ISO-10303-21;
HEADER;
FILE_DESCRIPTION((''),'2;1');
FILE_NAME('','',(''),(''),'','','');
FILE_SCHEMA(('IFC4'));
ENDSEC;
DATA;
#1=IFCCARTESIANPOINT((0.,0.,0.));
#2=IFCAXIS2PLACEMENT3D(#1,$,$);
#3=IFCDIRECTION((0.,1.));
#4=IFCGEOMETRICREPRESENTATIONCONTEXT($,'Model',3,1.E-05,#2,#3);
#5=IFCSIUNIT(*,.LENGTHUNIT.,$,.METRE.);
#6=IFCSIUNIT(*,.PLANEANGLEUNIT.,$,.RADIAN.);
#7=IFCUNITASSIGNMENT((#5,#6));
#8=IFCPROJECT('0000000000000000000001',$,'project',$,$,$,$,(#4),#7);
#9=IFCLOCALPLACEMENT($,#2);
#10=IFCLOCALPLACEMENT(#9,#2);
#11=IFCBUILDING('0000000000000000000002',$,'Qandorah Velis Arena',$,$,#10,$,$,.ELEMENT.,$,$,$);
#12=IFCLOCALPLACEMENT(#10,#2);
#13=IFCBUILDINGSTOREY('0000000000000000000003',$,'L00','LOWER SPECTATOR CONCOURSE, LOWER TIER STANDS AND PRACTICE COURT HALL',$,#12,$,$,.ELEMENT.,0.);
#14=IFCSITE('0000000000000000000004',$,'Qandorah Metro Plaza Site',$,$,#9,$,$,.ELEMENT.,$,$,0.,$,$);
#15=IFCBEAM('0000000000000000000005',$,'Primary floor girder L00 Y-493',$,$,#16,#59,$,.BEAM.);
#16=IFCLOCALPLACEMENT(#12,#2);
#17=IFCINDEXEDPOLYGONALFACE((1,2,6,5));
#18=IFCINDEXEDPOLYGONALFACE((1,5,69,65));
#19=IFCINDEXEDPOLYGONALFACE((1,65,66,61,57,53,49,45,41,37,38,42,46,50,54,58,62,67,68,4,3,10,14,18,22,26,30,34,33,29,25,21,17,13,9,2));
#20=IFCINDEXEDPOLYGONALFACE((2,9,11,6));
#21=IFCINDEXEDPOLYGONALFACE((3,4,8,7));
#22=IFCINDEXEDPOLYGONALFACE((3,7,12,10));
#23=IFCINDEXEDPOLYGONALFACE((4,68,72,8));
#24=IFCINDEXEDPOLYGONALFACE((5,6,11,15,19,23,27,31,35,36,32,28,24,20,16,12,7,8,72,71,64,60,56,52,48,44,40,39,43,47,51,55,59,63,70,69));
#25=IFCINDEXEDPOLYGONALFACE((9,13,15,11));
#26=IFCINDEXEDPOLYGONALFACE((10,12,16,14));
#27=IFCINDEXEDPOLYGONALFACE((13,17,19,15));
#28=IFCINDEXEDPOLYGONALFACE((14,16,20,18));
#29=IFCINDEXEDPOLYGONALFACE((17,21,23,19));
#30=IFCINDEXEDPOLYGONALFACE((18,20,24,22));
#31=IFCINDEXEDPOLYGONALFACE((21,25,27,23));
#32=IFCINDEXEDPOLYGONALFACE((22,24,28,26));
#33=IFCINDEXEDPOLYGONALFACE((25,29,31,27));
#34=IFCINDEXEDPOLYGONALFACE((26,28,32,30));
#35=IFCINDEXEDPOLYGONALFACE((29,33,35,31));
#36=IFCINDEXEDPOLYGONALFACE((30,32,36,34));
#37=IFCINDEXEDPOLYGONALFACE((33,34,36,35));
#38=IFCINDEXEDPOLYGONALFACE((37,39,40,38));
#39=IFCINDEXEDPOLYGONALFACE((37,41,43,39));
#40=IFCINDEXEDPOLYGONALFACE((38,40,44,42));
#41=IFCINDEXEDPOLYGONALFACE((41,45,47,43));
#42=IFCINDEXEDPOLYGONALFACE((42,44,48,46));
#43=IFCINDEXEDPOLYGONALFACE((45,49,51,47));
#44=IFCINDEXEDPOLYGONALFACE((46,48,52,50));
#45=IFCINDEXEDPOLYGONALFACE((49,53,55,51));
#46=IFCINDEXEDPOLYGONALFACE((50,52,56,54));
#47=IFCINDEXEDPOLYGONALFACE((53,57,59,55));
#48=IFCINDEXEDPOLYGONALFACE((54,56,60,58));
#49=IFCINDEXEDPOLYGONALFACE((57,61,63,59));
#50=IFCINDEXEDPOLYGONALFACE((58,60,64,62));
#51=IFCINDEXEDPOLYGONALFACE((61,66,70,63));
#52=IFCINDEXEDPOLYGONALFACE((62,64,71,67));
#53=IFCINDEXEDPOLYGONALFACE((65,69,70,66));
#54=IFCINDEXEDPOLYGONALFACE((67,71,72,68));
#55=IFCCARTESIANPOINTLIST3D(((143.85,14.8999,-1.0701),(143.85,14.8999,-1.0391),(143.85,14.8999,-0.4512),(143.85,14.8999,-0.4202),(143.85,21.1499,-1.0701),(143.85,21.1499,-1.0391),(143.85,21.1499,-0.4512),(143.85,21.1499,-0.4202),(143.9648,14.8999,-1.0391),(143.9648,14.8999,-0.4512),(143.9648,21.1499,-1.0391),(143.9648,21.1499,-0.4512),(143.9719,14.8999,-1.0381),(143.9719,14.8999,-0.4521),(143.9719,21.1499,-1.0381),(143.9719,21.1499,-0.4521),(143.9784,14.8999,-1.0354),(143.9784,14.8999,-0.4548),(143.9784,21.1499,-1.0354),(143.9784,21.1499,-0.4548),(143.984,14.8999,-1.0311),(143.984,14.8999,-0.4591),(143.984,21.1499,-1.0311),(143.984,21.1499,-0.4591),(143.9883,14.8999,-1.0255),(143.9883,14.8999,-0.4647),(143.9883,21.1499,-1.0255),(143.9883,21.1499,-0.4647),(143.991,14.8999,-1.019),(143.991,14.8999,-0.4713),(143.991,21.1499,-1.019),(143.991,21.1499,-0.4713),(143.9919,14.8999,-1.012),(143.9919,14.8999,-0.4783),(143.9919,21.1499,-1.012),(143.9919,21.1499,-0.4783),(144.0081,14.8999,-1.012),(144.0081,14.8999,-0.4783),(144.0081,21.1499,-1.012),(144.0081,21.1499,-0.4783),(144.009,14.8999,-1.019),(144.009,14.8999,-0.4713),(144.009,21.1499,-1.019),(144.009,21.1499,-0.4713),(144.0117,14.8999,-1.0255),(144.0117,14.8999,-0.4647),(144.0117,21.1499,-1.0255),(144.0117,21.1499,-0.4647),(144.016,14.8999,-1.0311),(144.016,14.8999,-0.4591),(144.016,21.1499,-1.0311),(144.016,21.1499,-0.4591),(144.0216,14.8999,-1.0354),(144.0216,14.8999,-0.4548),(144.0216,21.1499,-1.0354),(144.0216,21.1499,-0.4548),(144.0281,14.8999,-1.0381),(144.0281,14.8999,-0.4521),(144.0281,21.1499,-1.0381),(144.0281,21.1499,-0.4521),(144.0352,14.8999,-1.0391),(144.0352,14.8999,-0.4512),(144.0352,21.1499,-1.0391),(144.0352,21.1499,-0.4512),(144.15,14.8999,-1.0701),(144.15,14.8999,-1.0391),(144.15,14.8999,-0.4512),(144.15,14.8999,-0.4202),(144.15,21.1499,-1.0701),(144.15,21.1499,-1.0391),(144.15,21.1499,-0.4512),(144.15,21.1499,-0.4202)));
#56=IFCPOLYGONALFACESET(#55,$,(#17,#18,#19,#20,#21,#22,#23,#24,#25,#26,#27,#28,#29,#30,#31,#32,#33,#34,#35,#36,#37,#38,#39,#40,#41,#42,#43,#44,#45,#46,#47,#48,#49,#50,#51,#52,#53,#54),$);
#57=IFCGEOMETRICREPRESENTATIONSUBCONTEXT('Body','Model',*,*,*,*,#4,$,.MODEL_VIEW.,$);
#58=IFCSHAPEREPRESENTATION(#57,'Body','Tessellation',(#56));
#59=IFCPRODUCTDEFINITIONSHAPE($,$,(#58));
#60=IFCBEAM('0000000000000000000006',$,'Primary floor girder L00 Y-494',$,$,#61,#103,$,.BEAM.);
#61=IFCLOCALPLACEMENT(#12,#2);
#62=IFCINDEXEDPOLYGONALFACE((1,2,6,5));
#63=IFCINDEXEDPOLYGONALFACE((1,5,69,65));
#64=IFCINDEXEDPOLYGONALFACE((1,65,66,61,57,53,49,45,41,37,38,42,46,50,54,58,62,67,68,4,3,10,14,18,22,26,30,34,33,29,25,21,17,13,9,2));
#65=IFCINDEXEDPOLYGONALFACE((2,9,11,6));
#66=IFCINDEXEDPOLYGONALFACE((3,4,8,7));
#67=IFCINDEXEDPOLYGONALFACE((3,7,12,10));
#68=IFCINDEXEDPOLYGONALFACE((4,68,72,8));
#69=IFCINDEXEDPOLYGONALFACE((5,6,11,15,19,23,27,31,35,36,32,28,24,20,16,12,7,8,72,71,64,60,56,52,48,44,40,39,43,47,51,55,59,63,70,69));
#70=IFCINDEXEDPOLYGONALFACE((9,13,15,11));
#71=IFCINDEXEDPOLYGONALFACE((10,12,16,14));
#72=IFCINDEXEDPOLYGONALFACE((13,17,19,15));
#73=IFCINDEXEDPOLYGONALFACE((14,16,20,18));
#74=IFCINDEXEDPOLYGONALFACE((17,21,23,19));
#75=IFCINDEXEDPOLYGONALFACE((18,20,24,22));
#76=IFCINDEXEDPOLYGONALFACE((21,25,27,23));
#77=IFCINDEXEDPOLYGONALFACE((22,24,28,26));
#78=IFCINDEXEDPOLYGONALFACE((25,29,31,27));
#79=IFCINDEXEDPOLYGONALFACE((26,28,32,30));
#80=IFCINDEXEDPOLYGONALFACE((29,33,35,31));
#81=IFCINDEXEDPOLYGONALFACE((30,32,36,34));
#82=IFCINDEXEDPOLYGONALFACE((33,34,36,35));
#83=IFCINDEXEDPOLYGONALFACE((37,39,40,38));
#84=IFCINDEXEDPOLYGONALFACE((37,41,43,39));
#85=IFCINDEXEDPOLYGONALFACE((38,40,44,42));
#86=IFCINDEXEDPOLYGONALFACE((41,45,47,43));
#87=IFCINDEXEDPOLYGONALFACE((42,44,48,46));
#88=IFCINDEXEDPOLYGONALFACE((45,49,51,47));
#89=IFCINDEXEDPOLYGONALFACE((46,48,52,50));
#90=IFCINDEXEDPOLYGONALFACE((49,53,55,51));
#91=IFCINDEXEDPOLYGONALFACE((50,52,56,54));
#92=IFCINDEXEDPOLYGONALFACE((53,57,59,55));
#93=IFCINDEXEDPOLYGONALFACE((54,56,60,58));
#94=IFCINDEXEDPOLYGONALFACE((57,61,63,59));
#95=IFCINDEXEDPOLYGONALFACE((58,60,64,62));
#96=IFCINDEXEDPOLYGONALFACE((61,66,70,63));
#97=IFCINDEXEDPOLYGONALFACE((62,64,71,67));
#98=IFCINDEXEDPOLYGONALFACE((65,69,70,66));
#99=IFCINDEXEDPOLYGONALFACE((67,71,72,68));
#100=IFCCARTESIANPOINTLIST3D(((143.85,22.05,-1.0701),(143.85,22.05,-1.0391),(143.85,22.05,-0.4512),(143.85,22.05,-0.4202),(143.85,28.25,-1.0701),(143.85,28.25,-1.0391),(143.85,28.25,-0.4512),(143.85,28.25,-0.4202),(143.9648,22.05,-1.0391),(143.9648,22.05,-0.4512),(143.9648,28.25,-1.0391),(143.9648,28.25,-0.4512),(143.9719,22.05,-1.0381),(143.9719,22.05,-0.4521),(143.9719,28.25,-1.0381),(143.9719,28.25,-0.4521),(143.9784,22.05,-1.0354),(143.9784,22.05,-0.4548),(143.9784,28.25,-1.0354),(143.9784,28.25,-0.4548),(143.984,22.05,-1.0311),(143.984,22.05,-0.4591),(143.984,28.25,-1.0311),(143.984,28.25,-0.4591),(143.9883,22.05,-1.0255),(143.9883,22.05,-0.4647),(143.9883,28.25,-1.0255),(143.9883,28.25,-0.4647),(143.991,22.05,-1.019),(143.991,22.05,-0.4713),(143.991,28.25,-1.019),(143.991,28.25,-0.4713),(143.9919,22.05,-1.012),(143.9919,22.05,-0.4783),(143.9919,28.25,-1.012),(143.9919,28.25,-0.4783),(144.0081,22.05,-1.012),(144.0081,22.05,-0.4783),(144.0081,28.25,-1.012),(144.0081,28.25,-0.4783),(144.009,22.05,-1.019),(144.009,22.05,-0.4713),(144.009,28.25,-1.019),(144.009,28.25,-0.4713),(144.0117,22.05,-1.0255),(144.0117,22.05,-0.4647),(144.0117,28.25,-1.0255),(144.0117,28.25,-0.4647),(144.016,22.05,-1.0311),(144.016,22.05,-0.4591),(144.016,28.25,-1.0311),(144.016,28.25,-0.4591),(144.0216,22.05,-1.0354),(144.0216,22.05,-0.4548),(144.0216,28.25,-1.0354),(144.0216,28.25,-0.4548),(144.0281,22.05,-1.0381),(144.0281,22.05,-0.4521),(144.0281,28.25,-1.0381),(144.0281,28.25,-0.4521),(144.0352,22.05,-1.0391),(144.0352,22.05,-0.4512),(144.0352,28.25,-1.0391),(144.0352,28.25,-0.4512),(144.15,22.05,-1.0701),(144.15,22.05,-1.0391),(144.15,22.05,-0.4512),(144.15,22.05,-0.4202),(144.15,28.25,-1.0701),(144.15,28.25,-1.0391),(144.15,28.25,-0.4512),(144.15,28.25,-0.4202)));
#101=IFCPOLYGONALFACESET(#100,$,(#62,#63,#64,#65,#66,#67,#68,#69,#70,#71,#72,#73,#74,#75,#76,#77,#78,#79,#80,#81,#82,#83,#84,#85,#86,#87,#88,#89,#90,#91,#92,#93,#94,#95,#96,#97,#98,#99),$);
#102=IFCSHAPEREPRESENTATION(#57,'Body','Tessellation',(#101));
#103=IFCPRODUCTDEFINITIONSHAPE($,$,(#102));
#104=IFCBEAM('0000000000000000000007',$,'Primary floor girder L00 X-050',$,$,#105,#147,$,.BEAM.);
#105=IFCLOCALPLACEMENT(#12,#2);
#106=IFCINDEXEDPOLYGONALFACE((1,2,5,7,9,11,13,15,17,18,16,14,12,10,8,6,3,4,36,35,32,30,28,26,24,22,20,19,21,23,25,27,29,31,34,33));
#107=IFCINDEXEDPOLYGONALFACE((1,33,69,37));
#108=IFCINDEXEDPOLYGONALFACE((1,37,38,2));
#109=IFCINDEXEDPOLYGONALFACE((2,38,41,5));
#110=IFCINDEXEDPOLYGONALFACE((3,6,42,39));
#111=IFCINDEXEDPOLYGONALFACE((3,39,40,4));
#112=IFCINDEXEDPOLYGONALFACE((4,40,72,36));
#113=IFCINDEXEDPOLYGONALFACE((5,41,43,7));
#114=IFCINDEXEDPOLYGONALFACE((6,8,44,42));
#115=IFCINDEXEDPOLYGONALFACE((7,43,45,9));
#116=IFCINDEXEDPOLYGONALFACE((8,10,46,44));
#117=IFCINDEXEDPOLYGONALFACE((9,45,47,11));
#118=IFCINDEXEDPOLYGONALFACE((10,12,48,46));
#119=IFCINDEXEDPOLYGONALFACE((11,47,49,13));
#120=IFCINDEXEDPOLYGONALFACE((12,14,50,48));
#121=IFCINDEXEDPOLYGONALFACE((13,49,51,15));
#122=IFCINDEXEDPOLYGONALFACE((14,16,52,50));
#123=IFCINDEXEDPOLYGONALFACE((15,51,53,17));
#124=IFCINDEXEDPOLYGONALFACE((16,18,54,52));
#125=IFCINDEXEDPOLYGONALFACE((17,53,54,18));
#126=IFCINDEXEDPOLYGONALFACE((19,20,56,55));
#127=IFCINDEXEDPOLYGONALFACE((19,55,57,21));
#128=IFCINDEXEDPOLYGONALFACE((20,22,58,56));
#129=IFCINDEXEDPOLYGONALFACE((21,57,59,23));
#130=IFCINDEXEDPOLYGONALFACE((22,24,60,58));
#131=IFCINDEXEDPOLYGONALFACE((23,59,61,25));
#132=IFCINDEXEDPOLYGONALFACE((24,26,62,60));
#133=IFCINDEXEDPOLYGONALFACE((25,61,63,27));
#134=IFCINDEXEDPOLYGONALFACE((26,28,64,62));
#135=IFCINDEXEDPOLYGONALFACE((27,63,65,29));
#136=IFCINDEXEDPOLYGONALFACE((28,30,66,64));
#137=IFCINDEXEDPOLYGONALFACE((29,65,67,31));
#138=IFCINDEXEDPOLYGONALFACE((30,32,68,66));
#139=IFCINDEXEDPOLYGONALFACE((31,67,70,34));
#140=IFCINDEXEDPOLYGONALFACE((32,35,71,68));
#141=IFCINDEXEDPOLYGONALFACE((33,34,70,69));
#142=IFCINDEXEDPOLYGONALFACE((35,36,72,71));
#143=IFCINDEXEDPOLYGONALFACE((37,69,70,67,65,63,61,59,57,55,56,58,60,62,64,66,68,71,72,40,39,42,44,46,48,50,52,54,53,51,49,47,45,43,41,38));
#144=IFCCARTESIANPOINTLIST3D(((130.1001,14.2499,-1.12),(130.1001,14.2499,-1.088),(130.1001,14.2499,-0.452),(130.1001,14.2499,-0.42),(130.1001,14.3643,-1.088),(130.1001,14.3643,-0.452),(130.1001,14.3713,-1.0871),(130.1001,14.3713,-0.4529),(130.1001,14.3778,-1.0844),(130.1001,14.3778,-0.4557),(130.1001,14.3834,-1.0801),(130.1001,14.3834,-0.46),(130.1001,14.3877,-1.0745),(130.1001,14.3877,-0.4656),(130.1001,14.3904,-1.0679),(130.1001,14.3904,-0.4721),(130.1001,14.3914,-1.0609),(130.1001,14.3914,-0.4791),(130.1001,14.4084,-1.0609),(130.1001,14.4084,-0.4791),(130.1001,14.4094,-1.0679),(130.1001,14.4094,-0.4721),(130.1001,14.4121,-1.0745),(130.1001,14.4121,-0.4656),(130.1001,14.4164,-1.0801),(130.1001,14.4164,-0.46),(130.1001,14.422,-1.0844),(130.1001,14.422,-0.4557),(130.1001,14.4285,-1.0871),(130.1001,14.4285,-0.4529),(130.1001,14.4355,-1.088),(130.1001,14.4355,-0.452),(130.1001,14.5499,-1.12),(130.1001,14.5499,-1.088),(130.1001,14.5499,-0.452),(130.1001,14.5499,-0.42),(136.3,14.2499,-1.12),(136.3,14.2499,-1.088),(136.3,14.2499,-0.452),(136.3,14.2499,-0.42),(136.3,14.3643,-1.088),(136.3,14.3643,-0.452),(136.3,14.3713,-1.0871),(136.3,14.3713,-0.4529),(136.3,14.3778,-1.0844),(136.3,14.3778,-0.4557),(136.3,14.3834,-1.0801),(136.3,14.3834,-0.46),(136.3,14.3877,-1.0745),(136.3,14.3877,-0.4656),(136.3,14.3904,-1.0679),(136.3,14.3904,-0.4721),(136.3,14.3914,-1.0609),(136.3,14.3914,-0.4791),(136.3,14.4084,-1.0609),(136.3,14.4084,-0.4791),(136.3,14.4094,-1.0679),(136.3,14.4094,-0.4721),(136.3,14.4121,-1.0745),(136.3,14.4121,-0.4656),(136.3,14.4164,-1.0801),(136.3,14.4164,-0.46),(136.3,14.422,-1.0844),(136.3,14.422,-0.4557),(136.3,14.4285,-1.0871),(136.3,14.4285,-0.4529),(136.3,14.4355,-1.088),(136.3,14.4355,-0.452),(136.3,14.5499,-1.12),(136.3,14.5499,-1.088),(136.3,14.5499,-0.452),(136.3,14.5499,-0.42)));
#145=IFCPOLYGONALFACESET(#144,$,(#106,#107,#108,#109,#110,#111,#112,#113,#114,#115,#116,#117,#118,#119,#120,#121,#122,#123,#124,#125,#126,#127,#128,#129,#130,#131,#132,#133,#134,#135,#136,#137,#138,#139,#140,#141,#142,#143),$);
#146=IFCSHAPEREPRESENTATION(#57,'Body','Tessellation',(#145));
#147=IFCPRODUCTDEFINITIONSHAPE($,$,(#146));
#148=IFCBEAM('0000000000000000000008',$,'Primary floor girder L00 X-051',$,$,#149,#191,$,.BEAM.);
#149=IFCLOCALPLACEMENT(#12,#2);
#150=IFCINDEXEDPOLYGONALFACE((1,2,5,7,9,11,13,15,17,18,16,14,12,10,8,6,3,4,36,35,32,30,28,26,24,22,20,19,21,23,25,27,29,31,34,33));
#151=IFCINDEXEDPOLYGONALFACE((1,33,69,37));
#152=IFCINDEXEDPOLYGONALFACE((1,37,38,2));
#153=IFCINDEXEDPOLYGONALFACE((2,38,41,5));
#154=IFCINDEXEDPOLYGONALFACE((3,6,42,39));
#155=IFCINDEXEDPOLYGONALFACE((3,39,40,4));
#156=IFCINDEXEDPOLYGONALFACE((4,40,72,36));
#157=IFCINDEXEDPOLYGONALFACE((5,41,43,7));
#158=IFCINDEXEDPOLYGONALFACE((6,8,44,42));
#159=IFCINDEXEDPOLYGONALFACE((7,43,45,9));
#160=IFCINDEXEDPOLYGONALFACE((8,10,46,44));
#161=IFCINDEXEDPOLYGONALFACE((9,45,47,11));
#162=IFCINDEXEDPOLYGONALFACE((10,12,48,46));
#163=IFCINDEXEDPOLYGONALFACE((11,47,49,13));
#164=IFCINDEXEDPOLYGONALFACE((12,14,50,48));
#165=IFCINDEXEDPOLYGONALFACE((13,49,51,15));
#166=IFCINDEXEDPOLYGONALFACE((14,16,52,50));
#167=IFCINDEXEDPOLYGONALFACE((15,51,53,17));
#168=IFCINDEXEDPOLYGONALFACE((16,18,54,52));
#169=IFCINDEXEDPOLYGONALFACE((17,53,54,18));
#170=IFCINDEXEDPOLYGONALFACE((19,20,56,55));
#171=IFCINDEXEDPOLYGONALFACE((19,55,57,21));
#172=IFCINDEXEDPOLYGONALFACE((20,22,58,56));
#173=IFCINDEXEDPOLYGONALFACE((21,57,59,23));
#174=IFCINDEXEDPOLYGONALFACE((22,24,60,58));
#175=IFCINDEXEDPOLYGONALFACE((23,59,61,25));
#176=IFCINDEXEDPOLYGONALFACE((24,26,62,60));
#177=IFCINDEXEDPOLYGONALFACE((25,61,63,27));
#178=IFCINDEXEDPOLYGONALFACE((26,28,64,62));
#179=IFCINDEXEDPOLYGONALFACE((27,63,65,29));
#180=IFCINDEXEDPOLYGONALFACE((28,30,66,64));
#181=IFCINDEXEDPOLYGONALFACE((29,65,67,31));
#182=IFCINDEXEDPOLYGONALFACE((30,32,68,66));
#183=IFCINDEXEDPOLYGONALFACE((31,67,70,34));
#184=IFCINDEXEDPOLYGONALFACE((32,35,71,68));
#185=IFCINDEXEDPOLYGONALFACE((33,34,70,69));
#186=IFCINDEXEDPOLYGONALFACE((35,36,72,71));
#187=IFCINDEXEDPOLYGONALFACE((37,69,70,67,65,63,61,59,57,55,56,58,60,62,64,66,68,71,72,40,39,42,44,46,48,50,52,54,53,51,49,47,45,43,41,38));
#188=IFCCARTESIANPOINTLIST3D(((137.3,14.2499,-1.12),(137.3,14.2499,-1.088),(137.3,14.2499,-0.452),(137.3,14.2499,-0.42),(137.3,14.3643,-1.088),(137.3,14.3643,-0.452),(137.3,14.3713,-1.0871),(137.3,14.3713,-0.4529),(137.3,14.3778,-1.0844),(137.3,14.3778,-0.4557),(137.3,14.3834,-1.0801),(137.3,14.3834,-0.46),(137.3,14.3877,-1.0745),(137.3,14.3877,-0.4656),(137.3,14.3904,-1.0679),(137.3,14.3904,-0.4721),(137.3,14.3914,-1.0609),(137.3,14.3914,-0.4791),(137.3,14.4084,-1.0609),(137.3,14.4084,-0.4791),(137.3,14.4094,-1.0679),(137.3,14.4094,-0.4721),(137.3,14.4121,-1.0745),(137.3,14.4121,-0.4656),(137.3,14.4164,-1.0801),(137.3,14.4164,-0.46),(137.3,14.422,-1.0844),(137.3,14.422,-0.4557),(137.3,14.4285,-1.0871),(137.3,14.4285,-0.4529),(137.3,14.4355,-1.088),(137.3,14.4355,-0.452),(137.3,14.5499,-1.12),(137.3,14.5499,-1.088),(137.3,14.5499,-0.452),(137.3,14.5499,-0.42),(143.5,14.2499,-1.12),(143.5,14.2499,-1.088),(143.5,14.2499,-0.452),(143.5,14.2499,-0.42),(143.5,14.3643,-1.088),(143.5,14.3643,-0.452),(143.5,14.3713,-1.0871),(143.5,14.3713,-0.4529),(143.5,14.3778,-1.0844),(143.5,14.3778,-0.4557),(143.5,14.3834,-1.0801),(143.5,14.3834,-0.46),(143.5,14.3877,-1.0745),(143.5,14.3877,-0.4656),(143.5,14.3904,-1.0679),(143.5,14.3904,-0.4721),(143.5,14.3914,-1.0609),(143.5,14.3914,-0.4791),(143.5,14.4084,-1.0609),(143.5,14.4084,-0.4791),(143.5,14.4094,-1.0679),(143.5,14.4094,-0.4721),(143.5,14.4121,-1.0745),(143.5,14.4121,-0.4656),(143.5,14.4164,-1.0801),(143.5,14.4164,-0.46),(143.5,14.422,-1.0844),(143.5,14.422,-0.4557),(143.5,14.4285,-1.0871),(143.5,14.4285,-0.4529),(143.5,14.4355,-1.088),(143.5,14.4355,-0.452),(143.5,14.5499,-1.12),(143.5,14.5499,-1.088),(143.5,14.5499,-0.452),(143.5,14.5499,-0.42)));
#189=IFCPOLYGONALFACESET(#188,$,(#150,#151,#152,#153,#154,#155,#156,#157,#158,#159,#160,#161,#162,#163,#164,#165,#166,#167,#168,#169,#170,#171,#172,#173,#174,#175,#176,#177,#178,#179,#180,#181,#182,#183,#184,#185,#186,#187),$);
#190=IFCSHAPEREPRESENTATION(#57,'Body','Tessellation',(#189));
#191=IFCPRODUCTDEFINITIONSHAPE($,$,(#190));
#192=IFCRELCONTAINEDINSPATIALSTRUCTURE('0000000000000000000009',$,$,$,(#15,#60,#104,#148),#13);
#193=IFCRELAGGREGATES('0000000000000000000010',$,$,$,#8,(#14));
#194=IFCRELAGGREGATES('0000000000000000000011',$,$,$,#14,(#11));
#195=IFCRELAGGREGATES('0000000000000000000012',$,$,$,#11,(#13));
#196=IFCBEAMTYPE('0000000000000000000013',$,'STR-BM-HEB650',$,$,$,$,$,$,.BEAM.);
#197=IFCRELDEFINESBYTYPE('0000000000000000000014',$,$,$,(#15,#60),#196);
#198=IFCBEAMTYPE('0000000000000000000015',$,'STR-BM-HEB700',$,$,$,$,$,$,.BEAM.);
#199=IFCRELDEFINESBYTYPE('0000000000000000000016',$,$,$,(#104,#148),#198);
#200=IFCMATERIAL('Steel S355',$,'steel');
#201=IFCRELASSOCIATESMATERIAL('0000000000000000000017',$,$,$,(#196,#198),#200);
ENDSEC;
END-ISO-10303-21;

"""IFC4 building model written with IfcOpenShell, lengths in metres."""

from ifc_helpers import new_model, si_unit, direction, frame, origin, origin_2d, place, context, subcontext, project, spatial, i_section, extrude, material, material_profile, profile_set, type_object, element, save


model = new_model("IFC4")

# Units and contexts
model_context = context("Model", 3, precision=1e-05, world=origin(), true_north=direction((0.0, 1.0)))
body_context = subcontext(model_context, "Body", "Model", "MODEL_VIEW")
ifc_project = project(units=[si_unit("LENGTHUNIT", "METRE"), si_unit("PLANEANGLEUNIT", "RADIAN")], contexts=[model_context])

# Site, building, storey
site_placement = place(None, origin())
site = spatial("IfcSite", under=ifc_project, at=site_placement, Name="Qandorah Metro Plaza Site", CompositionType="ELEMENT", RefElevation=0.0)
building_placement = place(site_placement, origin())
building = spatial("IfcBuilding", under=site, at=building_placement, Name="Qandorah Velis Arena", CompositionType="ELEMENT")
storey_placement = place(building_placement, origin())
storey = spatial("IfcBuildingStorey", under=building, at=storey_placement, Name="L00", Description="LOWER SPECTATOR CONCOURSE, LOWER TIER STANDS AND PRACTICE COURT HALL", CompositionType="ELEMENT", Elevation=0.0)

# Shared definitions
ifc_material_1 = material(Name="Steel S355", Category="steel")

# Beams
ifc_material_profile_1 = material_profile(ifc_material_1, i_section(OverallWidth=0.3, OverallDepth=0.6499, WebThickness=0.0161, FlangeThickness=0.031, FilletRadius=0.0271, at=origin_2d()), Name="HEB 650")
ifc_profile_set_1 = profile_set([ifc_material_profile_1], Name="Steel S355")
beam_type_1 = type_object("IfcBeamType", Name="STR-BM-HEB650", PredefinedType="BEAM", material=ifc_profile_set_1)
beam_1_placement = place(storey_placement, frame((144.0, 14.8999, -0.7451), z_axis=(0.0, 1.0, 0.0), x_axis=(-1.0, 0.0, 0.0)))
element("IfcBeam", 1, at=beam_1_placement, inside=storey, type_object=beam_type_1, Name="Primary floor girder L00 Y-493", PredefinedType="BEAM", context=body_context, shape_type="SweptSolid", body=[
    extrude(i_section(OverallWidth=0.3, OverallDepth=0.6499, WebThickness=0.0161, FlangeThickness=0.031, FilletRadius=0.0271, at=origin_2d()), origin(), (0.0, 0.0, 1.0), 6.25),
])
beam_2_placement = place(storey_placement, frame((144.0, 22.05, -0.7451), z_axis=(0.0, 1.0, 0.0), x_axis=(-1.0, 0.0, 0.0)))
element("IfcBeam", 2, at=beam_2_placement, inside=storey, type_object=beam_type_1, Name="Primary floor girder L00 Y-494", PredefinedType="BEAM", context=body_context, shape_type="SweptSolid", body=[
    extrude(i_section(OverallWidth=0.3, OverallDepth=0.6499, WebThickness=0.0161, FlangeThickness=0.031, FilletRadius=0.0271, at=origin_2d()), origin(), (0.0, 0.0, 1.0), 6.2),
])
ifc_material_profile_2 = material_profile(ifc_material_1, i_section(OverallWidth=0.3, OverallDepth=0.7, WebThickness=0.0171, FlangeThickness=0.032, FilletRadius=0.0271, at=origin_2d()), Name="HEB 700")
ifc_profile_set_2 = profile_set([ifc_material_profile_2], Name="Steel S355")
beam_type_2 = type_object("IfcBeamType", Name="STR-BM-HEB700", PredefinedType="BEAM", material=ifc_profile_set_2)
for number, where, z_axis, x_axis, name in (
    (3, (130.1001, 14.3999, -0.77), (1.0, 0.0, 0.0), (0.0, 1.0, 0.0), "Primary floor girder L00 X-050"),
    (4, (137.3, 14.3999, -0.77), (1.0, 0.0, 0.0), (0.0, 1.0, 0.0), "Primary floor girder L00 X-051"),
):
    element("IfcBeam", number, at=place(storey_placement, frame(where, z_axis=z_axis, x_axis=x_axis)), inside=storey, type_object=beam_type_2, Name=name, PredefinedType="BEAM", context=body_context, shape_type="SweptSolid", body=[
        extrude(i_section(OverallWidth=0.3, OverallDepth=0.7, WebThickness=0.0171, FlangeThickness=0.032, FilletRadius=0.0271, at=origin_2d()), origin(), (0.0, 0.0, 1.0), 6.2),
    ])

save(model, "model.ifc")
